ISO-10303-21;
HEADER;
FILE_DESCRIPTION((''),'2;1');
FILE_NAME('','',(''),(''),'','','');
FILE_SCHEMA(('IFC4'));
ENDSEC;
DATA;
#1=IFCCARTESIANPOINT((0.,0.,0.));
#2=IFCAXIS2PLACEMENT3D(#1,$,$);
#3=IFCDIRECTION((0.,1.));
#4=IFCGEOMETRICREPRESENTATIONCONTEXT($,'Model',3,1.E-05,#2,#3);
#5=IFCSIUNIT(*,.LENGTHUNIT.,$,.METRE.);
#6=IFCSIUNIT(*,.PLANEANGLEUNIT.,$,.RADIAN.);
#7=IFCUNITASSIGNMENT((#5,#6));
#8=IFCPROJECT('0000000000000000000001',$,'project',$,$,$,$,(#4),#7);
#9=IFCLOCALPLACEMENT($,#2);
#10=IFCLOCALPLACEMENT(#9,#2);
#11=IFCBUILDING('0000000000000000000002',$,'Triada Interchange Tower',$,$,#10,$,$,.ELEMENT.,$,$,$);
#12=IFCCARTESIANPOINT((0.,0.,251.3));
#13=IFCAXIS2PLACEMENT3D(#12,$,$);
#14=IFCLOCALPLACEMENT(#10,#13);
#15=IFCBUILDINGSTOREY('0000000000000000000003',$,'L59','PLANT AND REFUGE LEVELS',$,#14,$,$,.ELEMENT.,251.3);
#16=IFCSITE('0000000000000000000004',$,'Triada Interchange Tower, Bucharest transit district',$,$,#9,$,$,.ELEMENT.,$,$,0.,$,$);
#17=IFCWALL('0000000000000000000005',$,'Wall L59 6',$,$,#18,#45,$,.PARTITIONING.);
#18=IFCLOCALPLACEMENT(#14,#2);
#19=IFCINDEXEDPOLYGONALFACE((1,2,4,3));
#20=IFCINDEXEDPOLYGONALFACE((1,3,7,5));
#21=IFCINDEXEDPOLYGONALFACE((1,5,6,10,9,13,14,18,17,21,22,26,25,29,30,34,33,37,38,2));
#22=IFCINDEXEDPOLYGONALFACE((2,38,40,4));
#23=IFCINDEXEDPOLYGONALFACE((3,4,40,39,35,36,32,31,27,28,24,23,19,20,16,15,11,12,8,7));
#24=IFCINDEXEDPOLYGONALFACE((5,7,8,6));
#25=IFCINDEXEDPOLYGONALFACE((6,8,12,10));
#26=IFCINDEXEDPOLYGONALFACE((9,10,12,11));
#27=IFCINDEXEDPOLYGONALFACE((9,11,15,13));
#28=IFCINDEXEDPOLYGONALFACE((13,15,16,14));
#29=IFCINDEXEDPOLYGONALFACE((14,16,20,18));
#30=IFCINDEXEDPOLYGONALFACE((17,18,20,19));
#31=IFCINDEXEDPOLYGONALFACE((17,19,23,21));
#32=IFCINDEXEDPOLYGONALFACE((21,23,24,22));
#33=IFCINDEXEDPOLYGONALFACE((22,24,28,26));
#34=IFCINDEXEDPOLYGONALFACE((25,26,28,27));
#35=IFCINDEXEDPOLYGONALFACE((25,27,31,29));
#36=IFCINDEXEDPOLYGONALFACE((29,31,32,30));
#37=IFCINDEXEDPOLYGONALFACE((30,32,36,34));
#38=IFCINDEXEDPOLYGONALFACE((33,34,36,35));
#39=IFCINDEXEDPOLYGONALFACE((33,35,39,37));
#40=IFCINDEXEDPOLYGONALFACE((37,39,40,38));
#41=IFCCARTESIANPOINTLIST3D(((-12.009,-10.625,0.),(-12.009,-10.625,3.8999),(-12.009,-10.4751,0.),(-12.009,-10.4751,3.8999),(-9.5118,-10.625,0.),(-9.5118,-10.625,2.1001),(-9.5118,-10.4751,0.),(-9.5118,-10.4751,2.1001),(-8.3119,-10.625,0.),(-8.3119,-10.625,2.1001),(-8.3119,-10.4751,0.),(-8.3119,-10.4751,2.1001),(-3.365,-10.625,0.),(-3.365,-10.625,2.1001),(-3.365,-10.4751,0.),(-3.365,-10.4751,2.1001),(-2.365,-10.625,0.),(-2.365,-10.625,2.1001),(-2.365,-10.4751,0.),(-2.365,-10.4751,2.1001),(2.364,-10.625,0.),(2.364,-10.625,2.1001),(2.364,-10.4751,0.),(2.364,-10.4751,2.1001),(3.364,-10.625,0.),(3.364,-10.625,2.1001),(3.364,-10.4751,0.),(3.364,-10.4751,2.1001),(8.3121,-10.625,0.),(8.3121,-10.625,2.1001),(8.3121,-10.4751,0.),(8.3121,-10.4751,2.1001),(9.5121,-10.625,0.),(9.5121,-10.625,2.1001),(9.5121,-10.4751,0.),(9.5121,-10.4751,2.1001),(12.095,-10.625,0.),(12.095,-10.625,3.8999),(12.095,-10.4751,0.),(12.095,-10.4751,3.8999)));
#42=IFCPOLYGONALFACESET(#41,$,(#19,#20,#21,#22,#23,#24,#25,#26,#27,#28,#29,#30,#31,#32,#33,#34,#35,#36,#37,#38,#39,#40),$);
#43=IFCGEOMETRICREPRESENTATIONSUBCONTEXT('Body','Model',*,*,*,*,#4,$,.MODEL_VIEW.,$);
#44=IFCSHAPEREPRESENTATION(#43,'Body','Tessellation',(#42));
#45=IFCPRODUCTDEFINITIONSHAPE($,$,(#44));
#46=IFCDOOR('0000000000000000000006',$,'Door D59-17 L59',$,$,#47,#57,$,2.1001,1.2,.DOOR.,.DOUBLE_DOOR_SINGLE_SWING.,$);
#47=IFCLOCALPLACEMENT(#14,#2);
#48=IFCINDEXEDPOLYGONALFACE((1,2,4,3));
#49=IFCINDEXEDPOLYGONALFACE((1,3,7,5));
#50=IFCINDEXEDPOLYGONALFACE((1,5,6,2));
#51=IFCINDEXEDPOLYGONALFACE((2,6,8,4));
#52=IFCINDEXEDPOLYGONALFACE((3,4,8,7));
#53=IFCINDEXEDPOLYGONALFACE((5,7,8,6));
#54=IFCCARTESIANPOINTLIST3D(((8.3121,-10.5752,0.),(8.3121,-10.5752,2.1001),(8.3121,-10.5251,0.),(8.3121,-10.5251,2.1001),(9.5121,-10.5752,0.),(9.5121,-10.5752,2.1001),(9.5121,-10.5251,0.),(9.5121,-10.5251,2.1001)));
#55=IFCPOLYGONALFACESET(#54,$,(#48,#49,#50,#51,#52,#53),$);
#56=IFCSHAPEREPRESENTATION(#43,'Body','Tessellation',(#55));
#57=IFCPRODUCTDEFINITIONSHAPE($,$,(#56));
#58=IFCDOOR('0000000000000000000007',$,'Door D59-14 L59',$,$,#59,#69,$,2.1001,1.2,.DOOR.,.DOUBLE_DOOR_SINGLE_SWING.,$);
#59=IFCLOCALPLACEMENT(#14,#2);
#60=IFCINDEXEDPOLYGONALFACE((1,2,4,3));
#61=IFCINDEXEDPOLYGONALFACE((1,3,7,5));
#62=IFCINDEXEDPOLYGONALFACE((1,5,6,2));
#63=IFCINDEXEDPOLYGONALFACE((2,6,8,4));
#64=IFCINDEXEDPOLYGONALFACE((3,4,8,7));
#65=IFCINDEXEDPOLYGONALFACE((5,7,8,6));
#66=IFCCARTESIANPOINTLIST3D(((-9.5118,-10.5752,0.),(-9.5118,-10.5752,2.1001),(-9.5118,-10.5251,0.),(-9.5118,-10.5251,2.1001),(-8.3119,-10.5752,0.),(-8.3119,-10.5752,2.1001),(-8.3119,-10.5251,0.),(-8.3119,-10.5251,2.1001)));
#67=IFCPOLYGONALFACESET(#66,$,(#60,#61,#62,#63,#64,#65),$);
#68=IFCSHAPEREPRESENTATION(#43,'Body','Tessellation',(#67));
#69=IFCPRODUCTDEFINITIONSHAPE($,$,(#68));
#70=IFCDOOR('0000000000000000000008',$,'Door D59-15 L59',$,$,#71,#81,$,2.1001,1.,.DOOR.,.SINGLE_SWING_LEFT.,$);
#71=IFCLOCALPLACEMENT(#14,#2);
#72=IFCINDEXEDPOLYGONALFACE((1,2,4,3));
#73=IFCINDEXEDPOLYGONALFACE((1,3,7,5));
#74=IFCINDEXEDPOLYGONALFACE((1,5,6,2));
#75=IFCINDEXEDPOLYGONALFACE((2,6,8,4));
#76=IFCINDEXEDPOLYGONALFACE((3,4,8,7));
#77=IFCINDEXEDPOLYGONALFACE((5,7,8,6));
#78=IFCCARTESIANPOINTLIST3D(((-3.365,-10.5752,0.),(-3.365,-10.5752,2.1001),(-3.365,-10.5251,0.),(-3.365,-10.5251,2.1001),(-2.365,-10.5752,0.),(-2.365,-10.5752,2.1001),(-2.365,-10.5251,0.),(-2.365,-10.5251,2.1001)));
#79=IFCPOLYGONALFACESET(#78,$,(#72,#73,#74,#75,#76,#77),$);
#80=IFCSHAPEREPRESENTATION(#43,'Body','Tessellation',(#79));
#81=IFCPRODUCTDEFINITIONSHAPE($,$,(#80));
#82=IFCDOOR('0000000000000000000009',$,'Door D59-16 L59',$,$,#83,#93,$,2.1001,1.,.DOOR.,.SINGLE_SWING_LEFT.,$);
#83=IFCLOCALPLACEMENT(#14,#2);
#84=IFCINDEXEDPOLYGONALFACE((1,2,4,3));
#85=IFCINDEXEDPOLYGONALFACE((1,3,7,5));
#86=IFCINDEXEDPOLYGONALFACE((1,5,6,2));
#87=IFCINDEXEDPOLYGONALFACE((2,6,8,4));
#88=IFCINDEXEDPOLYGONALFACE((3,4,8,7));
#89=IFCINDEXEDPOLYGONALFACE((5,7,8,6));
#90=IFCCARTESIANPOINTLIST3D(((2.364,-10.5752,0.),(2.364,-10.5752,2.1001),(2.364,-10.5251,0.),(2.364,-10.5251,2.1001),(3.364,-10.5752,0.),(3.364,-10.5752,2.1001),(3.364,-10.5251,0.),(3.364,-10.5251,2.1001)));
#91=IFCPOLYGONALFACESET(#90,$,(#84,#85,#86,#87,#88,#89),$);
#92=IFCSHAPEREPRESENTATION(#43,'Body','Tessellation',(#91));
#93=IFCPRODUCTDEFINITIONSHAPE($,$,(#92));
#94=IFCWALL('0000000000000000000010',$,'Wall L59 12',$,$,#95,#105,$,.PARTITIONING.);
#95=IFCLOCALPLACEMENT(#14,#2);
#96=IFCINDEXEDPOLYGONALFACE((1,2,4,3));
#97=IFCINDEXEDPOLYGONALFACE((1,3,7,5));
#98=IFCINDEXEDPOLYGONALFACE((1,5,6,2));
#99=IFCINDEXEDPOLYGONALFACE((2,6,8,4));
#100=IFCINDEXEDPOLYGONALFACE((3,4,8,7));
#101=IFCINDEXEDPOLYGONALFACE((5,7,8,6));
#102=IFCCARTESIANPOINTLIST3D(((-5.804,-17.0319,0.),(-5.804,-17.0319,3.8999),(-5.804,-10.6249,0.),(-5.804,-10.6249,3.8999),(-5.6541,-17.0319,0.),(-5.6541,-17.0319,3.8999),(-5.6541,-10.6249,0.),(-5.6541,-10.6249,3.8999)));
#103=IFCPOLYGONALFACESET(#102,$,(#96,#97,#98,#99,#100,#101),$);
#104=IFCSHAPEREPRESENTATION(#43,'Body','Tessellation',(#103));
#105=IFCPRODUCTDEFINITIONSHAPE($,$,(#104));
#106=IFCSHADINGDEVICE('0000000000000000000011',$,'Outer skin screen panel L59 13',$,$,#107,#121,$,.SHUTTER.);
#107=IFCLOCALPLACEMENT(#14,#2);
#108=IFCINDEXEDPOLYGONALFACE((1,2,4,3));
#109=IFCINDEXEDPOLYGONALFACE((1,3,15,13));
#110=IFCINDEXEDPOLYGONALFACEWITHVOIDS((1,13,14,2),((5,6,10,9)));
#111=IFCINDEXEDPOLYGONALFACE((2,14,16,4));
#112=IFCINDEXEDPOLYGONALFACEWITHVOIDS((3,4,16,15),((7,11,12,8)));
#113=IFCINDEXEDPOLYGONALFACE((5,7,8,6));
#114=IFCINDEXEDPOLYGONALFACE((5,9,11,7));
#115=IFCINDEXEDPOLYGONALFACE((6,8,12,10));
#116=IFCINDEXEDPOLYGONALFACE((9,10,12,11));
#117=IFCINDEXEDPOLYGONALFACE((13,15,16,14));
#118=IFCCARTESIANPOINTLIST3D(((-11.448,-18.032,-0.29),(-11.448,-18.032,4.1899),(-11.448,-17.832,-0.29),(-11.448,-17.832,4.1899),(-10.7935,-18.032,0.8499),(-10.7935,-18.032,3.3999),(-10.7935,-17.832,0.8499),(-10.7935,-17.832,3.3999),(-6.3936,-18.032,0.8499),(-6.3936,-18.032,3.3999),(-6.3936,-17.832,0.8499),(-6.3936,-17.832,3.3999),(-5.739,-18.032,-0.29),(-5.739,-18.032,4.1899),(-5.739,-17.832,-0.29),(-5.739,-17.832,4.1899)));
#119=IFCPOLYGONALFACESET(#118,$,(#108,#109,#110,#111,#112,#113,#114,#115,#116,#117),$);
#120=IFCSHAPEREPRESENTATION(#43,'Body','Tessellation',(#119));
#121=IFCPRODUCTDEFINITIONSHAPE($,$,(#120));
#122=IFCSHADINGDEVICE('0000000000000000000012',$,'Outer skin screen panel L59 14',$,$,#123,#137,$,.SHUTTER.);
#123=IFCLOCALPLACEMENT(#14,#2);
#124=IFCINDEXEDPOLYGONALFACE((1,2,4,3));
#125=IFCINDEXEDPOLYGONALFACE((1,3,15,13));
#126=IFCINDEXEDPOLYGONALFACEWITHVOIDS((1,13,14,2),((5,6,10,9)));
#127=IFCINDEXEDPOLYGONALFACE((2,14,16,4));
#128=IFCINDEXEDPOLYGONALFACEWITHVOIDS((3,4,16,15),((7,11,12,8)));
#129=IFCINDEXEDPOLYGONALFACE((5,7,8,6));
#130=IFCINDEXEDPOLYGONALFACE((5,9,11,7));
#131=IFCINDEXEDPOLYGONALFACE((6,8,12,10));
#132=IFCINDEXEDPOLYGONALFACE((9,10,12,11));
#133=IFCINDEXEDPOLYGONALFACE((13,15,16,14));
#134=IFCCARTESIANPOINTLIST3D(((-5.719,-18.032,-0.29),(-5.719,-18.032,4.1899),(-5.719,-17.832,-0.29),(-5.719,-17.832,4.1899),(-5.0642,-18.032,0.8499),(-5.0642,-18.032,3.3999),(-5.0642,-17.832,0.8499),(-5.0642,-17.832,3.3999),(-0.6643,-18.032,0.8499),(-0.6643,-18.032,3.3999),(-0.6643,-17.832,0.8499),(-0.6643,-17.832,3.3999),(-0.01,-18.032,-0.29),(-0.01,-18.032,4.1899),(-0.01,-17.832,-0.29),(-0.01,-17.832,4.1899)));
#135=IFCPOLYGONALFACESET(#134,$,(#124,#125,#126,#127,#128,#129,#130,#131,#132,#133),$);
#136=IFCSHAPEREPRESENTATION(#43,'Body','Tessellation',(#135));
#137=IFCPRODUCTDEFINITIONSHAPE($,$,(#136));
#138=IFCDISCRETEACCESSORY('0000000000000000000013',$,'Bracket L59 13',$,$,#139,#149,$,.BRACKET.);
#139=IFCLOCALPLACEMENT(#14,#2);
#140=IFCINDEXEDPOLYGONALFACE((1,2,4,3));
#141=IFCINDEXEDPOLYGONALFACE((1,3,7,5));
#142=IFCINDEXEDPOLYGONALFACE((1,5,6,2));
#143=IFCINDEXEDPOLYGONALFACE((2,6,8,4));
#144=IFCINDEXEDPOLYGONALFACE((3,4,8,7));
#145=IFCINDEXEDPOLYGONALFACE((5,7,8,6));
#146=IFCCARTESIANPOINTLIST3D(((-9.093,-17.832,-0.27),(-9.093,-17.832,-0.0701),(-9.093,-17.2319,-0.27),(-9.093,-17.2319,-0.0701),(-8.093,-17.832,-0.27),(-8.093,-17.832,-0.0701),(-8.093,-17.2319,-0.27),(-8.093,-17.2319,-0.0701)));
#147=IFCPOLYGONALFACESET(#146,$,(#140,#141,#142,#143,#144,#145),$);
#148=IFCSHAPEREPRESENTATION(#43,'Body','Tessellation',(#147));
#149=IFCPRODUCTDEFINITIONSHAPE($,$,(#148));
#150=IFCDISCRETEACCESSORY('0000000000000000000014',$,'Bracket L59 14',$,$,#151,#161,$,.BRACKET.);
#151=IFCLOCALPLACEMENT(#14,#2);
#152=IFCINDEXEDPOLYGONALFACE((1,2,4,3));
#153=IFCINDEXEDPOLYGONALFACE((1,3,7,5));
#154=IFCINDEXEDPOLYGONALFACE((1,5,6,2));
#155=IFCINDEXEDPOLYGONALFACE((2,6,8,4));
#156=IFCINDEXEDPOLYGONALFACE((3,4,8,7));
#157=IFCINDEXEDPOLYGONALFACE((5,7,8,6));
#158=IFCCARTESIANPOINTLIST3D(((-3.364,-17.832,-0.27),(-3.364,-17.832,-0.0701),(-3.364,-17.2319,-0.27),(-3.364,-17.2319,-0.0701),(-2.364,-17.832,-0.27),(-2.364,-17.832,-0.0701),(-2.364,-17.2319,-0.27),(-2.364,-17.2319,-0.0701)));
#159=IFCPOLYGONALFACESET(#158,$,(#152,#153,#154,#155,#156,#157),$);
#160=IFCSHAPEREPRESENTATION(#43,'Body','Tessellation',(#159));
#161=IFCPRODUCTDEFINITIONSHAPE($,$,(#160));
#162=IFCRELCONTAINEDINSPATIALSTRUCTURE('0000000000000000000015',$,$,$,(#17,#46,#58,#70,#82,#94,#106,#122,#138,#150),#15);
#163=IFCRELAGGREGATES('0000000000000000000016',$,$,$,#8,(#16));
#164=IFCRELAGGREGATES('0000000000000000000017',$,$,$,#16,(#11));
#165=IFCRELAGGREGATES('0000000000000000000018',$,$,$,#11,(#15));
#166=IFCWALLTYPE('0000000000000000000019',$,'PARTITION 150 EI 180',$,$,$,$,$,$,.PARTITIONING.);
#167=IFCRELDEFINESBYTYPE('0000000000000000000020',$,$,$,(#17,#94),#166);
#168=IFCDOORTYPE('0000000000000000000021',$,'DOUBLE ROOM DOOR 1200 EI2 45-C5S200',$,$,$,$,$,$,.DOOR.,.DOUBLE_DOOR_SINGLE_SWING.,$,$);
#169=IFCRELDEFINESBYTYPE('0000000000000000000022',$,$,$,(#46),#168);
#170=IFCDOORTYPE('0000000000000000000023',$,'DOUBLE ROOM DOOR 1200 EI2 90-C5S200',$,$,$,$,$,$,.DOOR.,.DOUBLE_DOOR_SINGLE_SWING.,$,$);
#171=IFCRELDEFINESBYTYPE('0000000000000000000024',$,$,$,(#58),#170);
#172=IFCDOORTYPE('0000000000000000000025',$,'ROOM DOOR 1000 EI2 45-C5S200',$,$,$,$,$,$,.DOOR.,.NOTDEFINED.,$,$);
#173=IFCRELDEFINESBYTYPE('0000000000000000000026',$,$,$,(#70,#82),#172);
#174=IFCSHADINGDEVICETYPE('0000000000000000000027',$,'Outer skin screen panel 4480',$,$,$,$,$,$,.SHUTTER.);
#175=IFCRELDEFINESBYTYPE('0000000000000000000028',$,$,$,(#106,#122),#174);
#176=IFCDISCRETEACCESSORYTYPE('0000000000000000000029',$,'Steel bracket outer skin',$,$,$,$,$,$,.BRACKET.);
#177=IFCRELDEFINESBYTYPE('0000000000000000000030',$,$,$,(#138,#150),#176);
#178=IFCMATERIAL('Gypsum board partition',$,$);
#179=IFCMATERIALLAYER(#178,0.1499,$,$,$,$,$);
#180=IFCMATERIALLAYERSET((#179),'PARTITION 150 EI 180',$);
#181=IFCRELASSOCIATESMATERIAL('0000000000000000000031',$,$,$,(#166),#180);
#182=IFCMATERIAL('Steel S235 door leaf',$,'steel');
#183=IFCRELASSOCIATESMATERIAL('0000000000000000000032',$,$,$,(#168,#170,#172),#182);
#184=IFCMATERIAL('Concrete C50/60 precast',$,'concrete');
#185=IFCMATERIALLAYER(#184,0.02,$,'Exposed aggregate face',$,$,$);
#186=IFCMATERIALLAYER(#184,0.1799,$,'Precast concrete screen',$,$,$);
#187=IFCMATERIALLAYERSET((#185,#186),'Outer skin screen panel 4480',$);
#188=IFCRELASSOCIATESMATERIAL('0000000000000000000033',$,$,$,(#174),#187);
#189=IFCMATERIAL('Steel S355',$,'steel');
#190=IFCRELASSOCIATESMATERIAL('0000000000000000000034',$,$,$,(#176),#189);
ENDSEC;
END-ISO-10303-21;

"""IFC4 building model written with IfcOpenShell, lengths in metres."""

from ifc_helpers import new_model, si_unit, direction, frame, frame_2d, origin, origin_2d, place, context, subcontext, project, spatial, polyline, rectangle, outline, extrude, material, layer, layer_set, type_object, element, fill, save


model = new_model("IFC4")

# Units and contexts
model_context = context("Model", 3, precision=1e-05, world=origin(), true_north=direction((0.0, 1.0)))
body_context = subcontext(model_context, "Body", "Model", "MODEL_VIEW")
ifc_project = project(units=[si_unit("LENGTHUNIT", "METRE"), si_unit("PLANEANGLEUNIT", "RADIAN")], contexts=[model_context])

# Site, building, storey
site_placement = place(None, origin())
site = spatial("IfcSite", under=ifc_project, at=site_placement, Name="Triada Interchange Tower, Bucharest transit district", CompositionType="ELEMENT", RefElevation=0.0)
building_placement = place(site_placement, origin())
building = spatial("IfcBuilding", under=site, at=building_placement, Name="Triada Interchange Tower", CompositionType="ELEMENT")
storey_placement = place(building_placement, frame((0.0, 0.0, 251.3)))
storey = spatial("IfcBuildingStorey", under=building, at=storey_placement, Name="L59", Description="PLANT AND REFUGE LEVELS", CompositionType="ELEMENT", Elevation=251.3)

# Shared definitions
ifc_material_1 = material(Name="Steel S355", Category="steel")

# Wall, openings, doors
ifc_material_2 = material(Name="Steel S235 door leaf", Category="steel")
ifc_material_3 = material(Name="Gypsum board partition")
ifc_layer_1 = layer(ifc_material_3, 0.1499)
ifc_layer_set_1 = layer_set([ifc_layer_1], Name="PARTITION 150 EI 180")
wall_type_1 = type_object("IfcWallType", Name="PARTITION 150 EI 180", PredefinedType="PARTITIONING", material=ifc_layer_set_1)
wall_1_placement = place(storey_placement, frame((-12.009, -10.55, 0.0), z_axis=(0.0, 0.0, 1.0), x_axis=(1.0, 0.0, 0.0)))
wall_1 = element("IfcWall", 1, at=wall_1_placement, inside=storey, type_object=wall_type_1, Name="Wall L59 6", PredefinedType="PARTITIONING", context=body_context, shape_type="SweptSolid", body=[
    extrude(rectangle(XDim=24.104, YDim=0.1499, at=frame_2d((12.052, 0.0))), origin(), (0.0, 0.0, 1.0), 3.8999),
])
opening_1_placement = place(wall_1_placement, frame((2.4971, 0.0, 0.0)))
opening_1 = element("IfcOpeningElement", 2, at=opening_1_placement, cuts=wall_1, PredefinedType="OPENING", context=body_context, shape_type="SweptSolid", body=[
    extrude(rectangle(XDim=1.2, YDim=2.1001, at=frame_2d((0.6001, 1.05))), frame((0.0, 0.085, 0.0), z_axis=(0.0, -1.0, 0.0), x_axis=(1.0, 0.0, 0.0)), (0.0, 0.0, 1.0), 0.1699),
])
opening_2_placement = place(wall_1_placement, frame((8.644, 0.0, 0.0)))
opening_2 = element("IfcOpeningElement", 3, at=opening_2_placement, cuts=wall_1, PredefinedType="OPENING", context=body_context, shape_type="SweptSolid", body=[
    extrude(rectangle(XDim=1.0, YDim=2.1001, at=frame_2d((0.5, 1.05))), frame((0.0, 0.085, 0.0), z_axis=(0.0, -1.0, 0.0), x_axis=(1.0, 0.0, 0.0)), (0.0, 0.0, 1.0), 0.1699),
])
opening_3_placement = place(wall_1_placement, frame((14.373, 0.0, 0.0)))
opening_3 = element("IfcOpeningElement", 4, at=opening_3_placement, cuts=wall_1, PredefinedType="OPENING", context=body_context, shape_type="SweptSolid", body=[
    extrude(rectangle(XDim=1.0, YDim=2.1001, at=frame_2d((0.5, 1.05))), frame((0.0, 0.085, 0.0), z_axis=(0.0, -1.0, 0.0), x_axis=(1.0, 0.0, 0.0)), (0.0, 0.0, 1.0), 0.1699),
])
opening_4_placement = place(wall_1_placement, frame((20.321, 0.0, 0.0)))
opening_4 = element("IfcOpeningElement", 5, at=opening_4_placement, cuts=wall_1, PredefinedType="OPENING", context=body_context, shape_type="SweptSolid", body=[
    extrude(rectangle(XDim=1.2, YDim=2.1001, at=frame_2d((0.6001, 1.05))), frame((0.0, 0.085, 0.0), z_axis=(0.0, -1.0, 0.0), x_axis=(1.0, 0.0, 0.0)), (0.0, 0.0, 1.0), 0.1699),
])
door_type_1 = type_object("IfcDoorType", Name="DOUBLE ROOM DOOR 1200 EI2 45-C5S200", OperationType="DOUBLE_DOOR_SINGLE_SWING", PredefinedType="DOOR", material=ifc_material_2)
door_1_placement = place(opening_4_placement, origin())
door_1 = element("IfcDoor", 6, at=door_1_placement, inside=storey, type_object=door_type_1, Name="Door D59-17 L59", OperationType="DOUBLE_DOOR_SINGLE_SWING", OverallHeight=2.1001, OverallWidth=1.2, PredefinedType="DOOR", context=body_context, shape_type="SweptSolid", body=[
    extrude(rectangle(XDim=1.2, YDim=2.1001, at=frame_2d((0.6001, 1.05))), frame((0.0, 0.0249, 0.0), z_axis=(0.0, -1.0, 0.0), x_axis=(1.0, 0.0, 0.0)), (0.0, 0.0, 1.0), 0.05),
])
fill(opening_4, door_1)
door_type_2 = type_object("IfcDoorType", Name="DOUBLE ROOM DOOR 1200 EI2 90-C5S200", OperationType="DOUBLE_DOOR_SINGLE_SWING", PredefinedType="DOOR", material=ifc_material_2)
door_2_placement = place(opening_1_placement, origin())
door_2 = element("IfcDoor", 7, at=door_2_placement, inside=storey, type_object=door_type_2, Name="Door D59-14 L59", OperationType="DOUBLE_DOOR_SINGLE_SWING", OverallHeight=2.1001, OverallWidth=1.2, PredefinedType="DOOR", context=body_context, shape_type="SweptSolid", body=[
    extrude(rectangle(XDim=1.2, YDim=2.1001, at=frame_2d((0.6001, 1.05))), frame((0.0, 0.0249, 0.0), z_axis=(0.0, -1.0, 0.0), x_axis=(1.0, 0.0, 0.0)), (0.0, 0.0, 1.0), 0.05),
])
fill(opening_1, door_2)
door_type_3 = type_object("IfcDoorType", Name="ROOM DOOR 1000 EI2 45-C5S200", OperationType="NOTDEFINED", PredefinedType="DOOR", material=ifc_material_2)
door_3_placement = place(opening_2_placement, origin())
door_3 = element("IfcDoor", 8, at=door_3_placement, inside=storey, type_object=door_type_3, Name="Door D59-15 L59", OperationType="SINGLE_SWING_LEFT", OverallHeight=2.1001, OverallWidth=1.0, PredefinedType="DOOR", context=body_context, shape_type="SweptSolid", body=[
    extrude(rectangle(XDim=1.0, YDim=2.1001, at=frame_2d((0.5, 1.05))), frame((0.0, 0.0249, 0.0), z_axis=(0.0, -1.0, 0.0), x_axis=(1.0, 0.0, 0.0)), (0.0, 0.0, 1.0), 0.05),
])
fill(opening_2, door_3)
door_4_placement = place(opening_3_placement, origin())
door_4 = element("IfcDoor", 9, at=door_4_placement, inside=storey, type_object=door_type_3, Name="Door D59-16 L59", OperationType="SINGLE_SWING_LEFT", OverallHeight=2.1001, OverallWidth=1.0, PredefinedType="DOOR", context=body_context, shape_type="SweptSolid", body=[
    extrude(rectangle(XDim=1.0, YDim=2.1001, at=frame_2d((0.5, 1.05))), frame((0.0, 0.0249, 0.0), z_axis=(0.0, -1.0, 0.0), x_axis=(1.0, 0.0, 0.0)), (0.0, 0.0, 1.0), 0.05),
])
fill(opening_3, door_4)

# Wall
wall_2_placement = place(storey_placement, frame((-5.729, -17.032, 0.0), z_axis=(0.0, 0.0, 1.0), x_axis=(0.0, 1.0, 0.0)))
element("IfcWall", 10, at=wall_2_placement, inside=storey, type_object=wall_type_1, Name="Wall L59 12", PredefinedType="PARTITIONING", context=body_context, shape_type="SweptSolid", body=[
    extrude(rectangle(XDim=6.407, YDim=0.1499, at=frame_2d((3.2036, 0.0))), origin(), (0.0, 0.0, 1.0), 3.8999),
])

# Shading devices
ifc_material_4 = material(Name="Concrete C50/60 precast", Category="concrete")
ifc_layer_2 = layer(ifc_material_4, 0.02, Name="Exposed aggregate face")
ifc_layer_3 = layer(ifc_material_4, 0.1799, Name="Precast concrete screen")
ifc_layer_set_2 = layer_set([ifc_layer_2, ifc_layer_3], Name="Outer skin screen panel 4480")
shading_device_type = type_object("IfcShadingDeviceType", Name="Outer skin screen panel 4480", PredefinedType="SHUTTER", material=ifc_layer_set_2)
shading_device_1_placement = place(storey_placement, frame((-11.448, -17.832, -0.29), z_axis=(0.0, 0.0, 1.0), x_axis=(1.0, 0.0, 0.0)))
element("IfcShadingDevice", 11, at=shading_device_1_placement, inside=storey, type_object=shading_device_type, Name="Outer skin screen panel L59 13", PredefinedType="SHUTTER", context=body_context, shape_type="SweptSolid", body=[
    extrude(outline(polyline([(0.0, 0.0), (5.709, 0.0), (5.709, 4.48), (0.0, 4.48), (0.0, 0.0)]), holes=[polyline([(0.6545, 1.1399), (0.6545, 3.6899), (5.0544, 3.6899), (5.0544, 1.1399), (0.6545, 1.1399)])]), frame((0.0, 0.0, 0.0), z_axis=(0.0, -1.0, 0.0), x_axis=(1.0, 0.0, 0.0)), (0.0, 0.0, 1.0), 0.2),
])
shading_device_2_placement = place(storey_placement, frame((-5.719, -17.832, -0.29), z_axis=(0.0, 0.0, 1.0), x_axis=(1.0, 0.0, 0.0)))
element("IfcShadingDevice", 12, at=shading_device_2_placement, inside=storey, type_object=shading_device_type, Name="Outer skin screen panel L59 14", PredefinedType="SHUTTER", context=body_context, shape_type="SweptSolid", body=[
    extrude(outline(polyline([(0.0, 0.0), (5.709, 0.0), (5.709, 4.48), (0.0, 4.48), (0.0, 0.0)]), holes=[polyline([(0.6548, 1.1399), (0.6548, 3.6899), (5.0547, 3.6899), (5.0547, 1.1399), (0.6548, 1.1399)])]), frame((0.0, 0.0, 0.0), z_axis=(0.0, -1.0, 0.0), x_axis=(1.0, 0.0, 0.0)), (0.0, 0.0, 1.0), 0.2),
])

# Discrete accessories
discrete_accessory_type = type_object("IfcDiscreteAccessoryType", Name="Steel bracket outer skin", PredefinedType="BRACKET", material=ifc_material_1)
for number, where, z_axis, x_axis, name in (
    (13, (-8.593, -17.532, -0.27), (0.0, 0.0, 1.0), (0.0, -1.0, 0.0), "Bracket L59 13"),
    (14, (-2.864, -17.532, -0.27), (0.0, 0.0, 1.0), (0.0, -1.0, 0.0), "Bracket L59 14"),
):
    element("IfcDiscreteAccessory", number, at=place(storey_placement, frame(where, z_axis=z_axis, x_axis=x_axis)), inside=storey, type_object=discrete_accessory_type, Name=name, PredefinedType="BRACKET", context=body_context, shape_type="SweptSolid", body=[
        extrude(rectangle(XDim=0.6001, YDim=1.0, at=origin_2d()), origin(), (0.0, 0.0, 1.0), 0.2),
    ])

save(model, "model.ifc")
